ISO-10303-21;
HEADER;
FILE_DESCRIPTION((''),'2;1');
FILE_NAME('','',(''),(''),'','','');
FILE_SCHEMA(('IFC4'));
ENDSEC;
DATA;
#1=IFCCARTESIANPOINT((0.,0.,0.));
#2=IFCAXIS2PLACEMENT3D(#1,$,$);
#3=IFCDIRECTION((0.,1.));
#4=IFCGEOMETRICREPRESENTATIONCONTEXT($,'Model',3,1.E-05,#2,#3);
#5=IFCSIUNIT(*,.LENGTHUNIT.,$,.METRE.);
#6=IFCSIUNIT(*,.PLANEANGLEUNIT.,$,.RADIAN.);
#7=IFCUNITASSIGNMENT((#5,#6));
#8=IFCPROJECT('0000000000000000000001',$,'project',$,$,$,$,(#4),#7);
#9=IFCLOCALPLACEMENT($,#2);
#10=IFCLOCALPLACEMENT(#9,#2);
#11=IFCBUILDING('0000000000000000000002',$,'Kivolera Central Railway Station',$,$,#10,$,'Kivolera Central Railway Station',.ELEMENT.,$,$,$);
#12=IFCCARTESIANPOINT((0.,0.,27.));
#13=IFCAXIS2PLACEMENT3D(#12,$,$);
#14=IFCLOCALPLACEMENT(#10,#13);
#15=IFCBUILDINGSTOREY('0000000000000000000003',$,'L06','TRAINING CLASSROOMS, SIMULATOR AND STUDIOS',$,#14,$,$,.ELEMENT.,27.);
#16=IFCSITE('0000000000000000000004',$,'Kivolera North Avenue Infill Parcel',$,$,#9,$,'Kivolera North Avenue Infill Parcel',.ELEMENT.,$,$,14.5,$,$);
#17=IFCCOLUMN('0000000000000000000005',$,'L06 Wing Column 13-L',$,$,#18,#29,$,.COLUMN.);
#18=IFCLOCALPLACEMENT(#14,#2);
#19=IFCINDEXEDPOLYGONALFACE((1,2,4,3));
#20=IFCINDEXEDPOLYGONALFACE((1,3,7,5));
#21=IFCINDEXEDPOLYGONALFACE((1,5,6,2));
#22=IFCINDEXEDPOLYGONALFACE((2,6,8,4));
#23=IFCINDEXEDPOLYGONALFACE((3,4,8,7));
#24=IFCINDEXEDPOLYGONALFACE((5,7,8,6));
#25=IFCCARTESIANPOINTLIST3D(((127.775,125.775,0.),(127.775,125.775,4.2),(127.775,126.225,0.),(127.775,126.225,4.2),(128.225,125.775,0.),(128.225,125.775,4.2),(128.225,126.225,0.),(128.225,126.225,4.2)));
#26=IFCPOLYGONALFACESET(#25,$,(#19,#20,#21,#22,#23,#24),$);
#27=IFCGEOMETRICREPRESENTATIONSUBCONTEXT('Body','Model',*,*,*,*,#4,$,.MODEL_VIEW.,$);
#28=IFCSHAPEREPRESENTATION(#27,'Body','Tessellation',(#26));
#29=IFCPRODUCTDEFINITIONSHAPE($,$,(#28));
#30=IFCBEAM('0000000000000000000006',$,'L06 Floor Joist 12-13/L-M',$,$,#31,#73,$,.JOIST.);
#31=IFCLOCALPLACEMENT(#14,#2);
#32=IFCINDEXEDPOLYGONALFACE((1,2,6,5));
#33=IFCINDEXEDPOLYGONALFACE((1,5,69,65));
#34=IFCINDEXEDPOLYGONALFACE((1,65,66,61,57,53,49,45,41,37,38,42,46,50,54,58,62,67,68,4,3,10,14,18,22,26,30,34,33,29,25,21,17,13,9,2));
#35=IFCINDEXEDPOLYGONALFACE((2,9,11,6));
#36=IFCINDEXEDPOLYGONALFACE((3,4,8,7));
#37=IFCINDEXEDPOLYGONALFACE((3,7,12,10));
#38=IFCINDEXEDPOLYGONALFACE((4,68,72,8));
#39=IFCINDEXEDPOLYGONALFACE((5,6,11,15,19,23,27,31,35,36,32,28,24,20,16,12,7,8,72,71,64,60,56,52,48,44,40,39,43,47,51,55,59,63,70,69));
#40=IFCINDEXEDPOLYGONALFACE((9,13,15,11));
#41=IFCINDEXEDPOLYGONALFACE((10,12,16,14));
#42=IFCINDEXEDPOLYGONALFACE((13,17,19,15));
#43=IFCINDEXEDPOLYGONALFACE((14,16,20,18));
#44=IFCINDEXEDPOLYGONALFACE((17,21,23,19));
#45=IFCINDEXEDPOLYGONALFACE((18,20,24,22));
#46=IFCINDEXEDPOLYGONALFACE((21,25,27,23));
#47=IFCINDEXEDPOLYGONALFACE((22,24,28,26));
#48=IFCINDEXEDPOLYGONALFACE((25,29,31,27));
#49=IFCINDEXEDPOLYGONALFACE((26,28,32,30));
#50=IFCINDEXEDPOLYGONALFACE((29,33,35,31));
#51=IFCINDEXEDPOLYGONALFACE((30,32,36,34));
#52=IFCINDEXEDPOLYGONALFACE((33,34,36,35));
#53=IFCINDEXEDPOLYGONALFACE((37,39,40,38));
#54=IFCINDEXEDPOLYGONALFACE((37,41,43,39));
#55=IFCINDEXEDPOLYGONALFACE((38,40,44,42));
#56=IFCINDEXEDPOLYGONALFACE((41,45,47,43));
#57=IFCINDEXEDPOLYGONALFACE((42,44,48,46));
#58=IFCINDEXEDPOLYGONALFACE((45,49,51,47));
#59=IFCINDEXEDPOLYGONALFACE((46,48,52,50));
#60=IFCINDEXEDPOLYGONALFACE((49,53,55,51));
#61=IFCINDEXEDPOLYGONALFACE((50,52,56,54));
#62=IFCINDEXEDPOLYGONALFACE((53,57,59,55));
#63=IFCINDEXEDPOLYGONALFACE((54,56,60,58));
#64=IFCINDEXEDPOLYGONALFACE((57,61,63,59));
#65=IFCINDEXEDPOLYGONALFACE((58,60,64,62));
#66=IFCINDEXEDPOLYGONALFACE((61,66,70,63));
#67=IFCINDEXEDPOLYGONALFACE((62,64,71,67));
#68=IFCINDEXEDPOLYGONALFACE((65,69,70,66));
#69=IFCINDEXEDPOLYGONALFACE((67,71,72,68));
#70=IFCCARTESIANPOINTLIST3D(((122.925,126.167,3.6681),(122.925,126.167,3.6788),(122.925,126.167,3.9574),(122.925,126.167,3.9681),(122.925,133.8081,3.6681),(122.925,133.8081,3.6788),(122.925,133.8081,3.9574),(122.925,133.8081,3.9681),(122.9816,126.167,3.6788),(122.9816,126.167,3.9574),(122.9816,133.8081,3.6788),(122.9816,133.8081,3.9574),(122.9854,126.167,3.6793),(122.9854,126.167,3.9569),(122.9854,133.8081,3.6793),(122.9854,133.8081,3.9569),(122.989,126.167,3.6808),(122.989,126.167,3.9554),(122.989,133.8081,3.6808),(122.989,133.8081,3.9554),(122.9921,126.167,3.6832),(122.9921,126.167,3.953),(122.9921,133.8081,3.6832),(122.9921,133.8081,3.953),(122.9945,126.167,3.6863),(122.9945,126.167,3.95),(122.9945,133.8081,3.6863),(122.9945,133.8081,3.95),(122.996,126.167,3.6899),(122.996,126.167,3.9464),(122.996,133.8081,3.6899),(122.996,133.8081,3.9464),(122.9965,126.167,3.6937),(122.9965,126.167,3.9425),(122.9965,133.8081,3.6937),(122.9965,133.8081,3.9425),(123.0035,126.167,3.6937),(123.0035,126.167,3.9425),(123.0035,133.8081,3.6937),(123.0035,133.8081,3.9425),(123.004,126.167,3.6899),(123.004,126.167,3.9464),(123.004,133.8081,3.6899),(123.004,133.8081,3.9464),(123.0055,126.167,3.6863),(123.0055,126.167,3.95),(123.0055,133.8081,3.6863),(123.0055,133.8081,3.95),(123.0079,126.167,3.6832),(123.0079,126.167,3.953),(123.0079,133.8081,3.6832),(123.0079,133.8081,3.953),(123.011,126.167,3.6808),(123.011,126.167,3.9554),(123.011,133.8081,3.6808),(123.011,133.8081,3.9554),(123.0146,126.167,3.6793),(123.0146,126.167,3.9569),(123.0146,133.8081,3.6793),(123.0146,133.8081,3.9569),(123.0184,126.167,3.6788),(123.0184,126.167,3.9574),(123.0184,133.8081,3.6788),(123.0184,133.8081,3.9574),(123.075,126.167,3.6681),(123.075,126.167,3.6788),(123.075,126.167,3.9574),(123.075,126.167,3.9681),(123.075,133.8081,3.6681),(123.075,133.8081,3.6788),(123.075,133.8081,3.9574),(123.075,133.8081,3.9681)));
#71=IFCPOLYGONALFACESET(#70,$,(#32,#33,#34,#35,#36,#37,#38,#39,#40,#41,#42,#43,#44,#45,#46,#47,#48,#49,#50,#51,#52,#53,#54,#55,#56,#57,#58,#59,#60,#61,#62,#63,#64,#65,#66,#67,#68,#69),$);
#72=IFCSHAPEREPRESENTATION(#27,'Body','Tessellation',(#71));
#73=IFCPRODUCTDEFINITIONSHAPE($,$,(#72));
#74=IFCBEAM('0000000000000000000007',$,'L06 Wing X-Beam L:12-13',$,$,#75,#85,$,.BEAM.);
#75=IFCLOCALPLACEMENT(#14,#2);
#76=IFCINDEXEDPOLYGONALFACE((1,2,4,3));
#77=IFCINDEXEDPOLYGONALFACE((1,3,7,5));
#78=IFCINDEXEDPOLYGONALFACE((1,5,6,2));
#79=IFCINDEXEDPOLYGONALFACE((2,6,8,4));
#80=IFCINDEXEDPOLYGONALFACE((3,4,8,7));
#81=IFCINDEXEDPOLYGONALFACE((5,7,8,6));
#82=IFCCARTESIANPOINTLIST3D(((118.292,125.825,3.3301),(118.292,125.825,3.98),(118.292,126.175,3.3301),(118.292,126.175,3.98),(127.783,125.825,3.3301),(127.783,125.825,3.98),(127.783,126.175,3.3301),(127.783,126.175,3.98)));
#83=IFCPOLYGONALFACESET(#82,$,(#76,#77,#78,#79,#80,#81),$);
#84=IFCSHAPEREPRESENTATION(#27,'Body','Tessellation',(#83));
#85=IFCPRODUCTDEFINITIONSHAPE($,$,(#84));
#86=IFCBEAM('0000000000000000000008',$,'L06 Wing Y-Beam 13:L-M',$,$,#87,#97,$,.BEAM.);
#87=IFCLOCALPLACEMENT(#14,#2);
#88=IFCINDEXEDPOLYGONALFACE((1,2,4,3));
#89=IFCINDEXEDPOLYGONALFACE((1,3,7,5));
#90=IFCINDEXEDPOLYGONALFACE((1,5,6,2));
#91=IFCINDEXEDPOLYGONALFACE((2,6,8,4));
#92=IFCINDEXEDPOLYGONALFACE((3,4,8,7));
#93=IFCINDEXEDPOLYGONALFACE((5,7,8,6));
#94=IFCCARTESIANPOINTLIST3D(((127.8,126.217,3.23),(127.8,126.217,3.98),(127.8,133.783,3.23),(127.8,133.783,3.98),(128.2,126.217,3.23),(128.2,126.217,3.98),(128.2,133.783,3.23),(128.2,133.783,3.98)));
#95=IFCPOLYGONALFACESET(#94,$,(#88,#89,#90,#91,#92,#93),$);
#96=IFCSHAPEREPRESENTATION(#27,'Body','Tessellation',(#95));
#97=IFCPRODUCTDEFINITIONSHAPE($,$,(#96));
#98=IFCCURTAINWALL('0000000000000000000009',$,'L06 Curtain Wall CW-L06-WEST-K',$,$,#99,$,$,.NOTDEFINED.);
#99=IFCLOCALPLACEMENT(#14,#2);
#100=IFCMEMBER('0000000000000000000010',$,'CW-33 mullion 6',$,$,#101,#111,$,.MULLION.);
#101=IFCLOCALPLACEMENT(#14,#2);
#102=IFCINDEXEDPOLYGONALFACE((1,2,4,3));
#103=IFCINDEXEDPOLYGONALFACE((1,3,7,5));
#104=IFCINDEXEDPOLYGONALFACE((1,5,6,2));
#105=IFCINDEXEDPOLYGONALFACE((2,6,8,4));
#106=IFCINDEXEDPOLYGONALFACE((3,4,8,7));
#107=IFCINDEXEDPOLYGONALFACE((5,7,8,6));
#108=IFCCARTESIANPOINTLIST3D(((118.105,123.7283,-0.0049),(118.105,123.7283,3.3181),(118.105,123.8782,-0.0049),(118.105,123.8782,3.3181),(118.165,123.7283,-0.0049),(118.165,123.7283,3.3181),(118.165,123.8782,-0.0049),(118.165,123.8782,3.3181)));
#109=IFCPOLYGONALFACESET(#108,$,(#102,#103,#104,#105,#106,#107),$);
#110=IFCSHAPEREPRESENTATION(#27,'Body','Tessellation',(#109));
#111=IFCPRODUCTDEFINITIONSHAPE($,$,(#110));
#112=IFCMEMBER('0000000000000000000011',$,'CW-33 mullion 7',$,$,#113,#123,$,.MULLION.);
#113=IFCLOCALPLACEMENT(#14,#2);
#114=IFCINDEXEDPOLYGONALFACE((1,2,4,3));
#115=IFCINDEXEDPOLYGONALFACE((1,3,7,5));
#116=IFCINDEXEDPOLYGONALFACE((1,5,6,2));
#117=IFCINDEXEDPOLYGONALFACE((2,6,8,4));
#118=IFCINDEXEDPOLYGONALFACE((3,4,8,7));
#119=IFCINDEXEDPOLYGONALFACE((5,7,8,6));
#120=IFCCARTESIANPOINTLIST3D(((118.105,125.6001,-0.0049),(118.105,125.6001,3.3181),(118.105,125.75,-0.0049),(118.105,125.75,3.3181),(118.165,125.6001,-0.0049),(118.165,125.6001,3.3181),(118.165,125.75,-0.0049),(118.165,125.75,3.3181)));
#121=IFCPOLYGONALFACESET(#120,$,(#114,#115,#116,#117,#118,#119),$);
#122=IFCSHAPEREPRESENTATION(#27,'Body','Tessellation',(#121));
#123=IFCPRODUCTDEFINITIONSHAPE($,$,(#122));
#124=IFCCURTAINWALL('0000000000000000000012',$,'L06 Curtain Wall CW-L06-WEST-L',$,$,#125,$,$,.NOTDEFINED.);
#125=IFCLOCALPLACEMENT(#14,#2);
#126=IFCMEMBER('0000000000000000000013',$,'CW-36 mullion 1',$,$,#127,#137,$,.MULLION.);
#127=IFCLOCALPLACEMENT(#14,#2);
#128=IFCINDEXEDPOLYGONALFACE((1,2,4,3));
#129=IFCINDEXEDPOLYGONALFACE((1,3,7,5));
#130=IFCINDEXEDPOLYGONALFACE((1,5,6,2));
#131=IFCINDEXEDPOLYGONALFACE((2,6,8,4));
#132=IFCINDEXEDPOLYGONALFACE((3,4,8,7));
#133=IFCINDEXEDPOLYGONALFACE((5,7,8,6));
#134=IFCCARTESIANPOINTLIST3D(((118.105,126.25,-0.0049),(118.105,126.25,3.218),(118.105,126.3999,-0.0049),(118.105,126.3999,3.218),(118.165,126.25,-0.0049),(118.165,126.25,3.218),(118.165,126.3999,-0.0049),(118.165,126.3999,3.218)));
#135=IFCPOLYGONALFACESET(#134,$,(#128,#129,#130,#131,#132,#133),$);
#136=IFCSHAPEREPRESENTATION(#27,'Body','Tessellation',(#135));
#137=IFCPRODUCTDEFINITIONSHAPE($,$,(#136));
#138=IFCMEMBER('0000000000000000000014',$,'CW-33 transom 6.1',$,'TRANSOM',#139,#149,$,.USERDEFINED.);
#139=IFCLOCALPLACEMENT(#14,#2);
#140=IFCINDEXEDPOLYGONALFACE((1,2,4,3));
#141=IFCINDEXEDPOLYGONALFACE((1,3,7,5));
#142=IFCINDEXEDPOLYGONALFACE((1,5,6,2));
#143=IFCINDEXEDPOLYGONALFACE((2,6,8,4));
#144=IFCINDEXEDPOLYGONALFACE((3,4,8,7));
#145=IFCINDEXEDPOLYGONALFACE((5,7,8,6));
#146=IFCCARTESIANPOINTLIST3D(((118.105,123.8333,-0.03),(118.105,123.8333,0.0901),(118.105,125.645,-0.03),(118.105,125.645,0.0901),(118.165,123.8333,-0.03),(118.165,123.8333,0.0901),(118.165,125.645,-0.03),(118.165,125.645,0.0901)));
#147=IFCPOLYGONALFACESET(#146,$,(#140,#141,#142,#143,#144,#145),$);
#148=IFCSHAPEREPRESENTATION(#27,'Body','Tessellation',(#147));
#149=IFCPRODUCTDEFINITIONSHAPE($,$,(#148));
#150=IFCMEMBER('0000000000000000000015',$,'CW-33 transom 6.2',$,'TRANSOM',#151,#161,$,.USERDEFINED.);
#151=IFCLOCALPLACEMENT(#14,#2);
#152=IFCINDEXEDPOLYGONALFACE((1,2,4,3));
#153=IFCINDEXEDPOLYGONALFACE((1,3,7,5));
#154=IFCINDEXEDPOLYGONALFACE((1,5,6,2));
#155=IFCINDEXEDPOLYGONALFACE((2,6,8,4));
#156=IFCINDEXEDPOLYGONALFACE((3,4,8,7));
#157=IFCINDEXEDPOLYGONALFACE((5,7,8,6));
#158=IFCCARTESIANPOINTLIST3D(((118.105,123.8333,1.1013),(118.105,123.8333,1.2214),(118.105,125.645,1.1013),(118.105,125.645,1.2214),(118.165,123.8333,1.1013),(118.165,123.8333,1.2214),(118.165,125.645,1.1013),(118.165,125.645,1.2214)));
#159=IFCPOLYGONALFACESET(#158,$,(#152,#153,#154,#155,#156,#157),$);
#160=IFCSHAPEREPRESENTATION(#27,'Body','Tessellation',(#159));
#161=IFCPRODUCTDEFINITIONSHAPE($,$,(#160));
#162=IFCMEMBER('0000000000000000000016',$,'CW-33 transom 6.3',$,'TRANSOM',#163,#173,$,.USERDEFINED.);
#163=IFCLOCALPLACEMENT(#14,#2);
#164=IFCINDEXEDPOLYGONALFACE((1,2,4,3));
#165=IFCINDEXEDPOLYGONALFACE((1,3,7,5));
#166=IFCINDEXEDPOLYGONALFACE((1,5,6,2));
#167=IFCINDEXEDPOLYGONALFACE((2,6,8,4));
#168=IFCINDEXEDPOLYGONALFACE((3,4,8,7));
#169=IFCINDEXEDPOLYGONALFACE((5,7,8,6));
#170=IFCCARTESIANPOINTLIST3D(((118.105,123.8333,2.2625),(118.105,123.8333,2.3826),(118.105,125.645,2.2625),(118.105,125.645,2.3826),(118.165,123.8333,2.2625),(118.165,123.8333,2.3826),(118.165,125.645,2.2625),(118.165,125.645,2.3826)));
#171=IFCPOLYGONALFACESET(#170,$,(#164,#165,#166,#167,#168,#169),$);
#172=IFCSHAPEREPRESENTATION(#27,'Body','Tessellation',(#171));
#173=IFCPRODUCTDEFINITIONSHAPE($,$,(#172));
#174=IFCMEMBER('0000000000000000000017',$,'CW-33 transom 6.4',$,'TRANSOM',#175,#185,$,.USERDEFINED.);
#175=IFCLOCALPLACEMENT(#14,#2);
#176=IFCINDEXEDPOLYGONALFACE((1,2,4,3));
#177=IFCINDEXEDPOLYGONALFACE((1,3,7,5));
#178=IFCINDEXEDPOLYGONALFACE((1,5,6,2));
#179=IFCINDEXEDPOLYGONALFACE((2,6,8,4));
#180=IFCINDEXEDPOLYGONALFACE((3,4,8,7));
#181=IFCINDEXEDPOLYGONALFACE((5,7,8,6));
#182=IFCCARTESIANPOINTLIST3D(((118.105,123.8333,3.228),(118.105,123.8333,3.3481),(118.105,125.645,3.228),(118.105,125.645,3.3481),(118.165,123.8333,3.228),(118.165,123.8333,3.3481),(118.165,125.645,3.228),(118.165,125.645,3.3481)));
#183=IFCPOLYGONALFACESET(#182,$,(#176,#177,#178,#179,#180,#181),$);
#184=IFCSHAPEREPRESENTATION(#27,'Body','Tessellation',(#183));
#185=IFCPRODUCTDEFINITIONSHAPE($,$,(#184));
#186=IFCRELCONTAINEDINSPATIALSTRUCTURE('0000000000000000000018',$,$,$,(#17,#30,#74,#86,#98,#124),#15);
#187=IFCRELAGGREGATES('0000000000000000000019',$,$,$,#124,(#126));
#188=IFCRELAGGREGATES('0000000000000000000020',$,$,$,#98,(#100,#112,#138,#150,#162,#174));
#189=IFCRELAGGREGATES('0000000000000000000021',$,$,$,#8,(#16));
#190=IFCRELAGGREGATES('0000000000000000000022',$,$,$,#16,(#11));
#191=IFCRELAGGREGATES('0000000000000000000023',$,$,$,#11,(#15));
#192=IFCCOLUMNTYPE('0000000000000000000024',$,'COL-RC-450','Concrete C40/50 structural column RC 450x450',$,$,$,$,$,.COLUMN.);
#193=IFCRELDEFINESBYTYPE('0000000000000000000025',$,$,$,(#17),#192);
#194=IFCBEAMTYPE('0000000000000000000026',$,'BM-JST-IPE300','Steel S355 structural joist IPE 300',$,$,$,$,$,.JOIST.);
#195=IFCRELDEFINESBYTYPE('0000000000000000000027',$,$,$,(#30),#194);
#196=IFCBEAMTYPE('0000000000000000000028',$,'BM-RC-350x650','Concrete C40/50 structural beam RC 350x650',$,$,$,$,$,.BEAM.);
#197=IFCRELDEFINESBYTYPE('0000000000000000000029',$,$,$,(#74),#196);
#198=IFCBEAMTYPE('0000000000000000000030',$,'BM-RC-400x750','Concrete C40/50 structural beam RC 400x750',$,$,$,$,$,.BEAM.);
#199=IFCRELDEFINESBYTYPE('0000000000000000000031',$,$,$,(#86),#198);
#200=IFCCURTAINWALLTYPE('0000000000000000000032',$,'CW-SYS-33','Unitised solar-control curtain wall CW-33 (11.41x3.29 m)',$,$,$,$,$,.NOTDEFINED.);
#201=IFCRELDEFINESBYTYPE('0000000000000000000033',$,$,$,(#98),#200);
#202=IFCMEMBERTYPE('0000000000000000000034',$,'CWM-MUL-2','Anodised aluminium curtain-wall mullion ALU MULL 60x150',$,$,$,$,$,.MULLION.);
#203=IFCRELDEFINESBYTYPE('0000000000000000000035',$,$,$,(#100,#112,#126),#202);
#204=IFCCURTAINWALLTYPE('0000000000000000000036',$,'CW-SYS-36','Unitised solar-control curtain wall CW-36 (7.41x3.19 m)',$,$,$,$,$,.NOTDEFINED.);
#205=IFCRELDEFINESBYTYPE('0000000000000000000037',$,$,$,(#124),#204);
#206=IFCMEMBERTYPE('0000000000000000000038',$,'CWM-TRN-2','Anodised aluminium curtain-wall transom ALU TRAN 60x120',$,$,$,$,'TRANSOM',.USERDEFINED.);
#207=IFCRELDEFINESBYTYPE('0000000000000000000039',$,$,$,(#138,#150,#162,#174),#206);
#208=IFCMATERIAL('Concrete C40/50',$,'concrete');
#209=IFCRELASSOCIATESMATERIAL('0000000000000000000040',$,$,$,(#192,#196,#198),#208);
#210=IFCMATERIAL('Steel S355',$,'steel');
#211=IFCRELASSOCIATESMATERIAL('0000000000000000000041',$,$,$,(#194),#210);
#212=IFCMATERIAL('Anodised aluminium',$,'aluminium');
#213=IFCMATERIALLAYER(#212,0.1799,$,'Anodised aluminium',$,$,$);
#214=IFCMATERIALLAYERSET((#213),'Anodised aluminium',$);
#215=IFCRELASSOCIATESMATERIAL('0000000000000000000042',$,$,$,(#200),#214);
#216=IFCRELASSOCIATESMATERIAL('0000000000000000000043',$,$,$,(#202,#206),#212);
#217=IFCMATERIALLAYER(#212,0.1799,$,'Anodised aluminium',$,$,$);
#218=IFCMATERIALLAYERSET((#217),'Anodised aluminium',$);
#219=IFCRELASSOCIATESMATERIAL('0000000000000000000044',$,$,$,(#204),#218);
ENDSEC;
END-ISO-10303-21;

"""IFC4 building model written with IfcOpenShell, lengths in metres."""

from ifc_helpers import new_model, si_unit, direction, frame, origin, origin_2d, place, context, subcontext, project, spatial, rectangle, i_section, extrude, material, layer, layer_set, material_profile, profile_set, type_object, element, aggregate, save


model = new_model("IFC4")

# Units and contexts
model_context = context("Model", 3, precision=1e-05, world=origin(), true_north=direction((0.0, 1.0)))
body_context = subcontext(model_context, "Body", "Model", "MODEL_VIEW")
ifc_project = project(units=[si_unit("LENGTHUNIT", "METRE"), si_unit("PLANEANGLEUNIT", "RADIAN")], contexts=[model_context])

# Site, building, storey
site_placement = place(None, origin())
site = spatial("IfcSite", under=ifc_project, at=site_placement, Name="Kivolera North Avenue Infill Parcel", LongName="Kivolera North Avenue Infill Parcel", CompositionType="ELEMENT", RefElevation=14.5)
building_placement = place(site_placement, origin())
building = spatial("IfcBuilding", under=site, at=building_placement, Name="Kivolera Central Railway Station", LongName="Kivolera Central Railway Station", CompositionType="ELEMENT")
storey_placement = place(building_placement, frame((0.0, 0.0, 27.0)))
storey = spatial("IfcBuildingStorey", under=building, at=storey_placement, Name="L06", Description="TRAINING CLASSROOMS, SIMULATOR AND STUDIOS", CompositionType="ELEMENT", Elevation=27.0)

# Column
ifc_material_1 = material(Name="Concrete C40/50", Category="concrete")
ifc_material_profile_1 = material_profile(ifc_material_1, rectangle(XDim=0.45, YDim=0.45, at=origin_2d()), Name="RC 450x450")
ifc_profile_set_1 = profile_set([ifc_material_profile_1], Name="Concrete C40/50")
column_type = type_object("IfcColumnType", Name="COL-RC-450", Description="Concrete C40/50 structural column RC 450x450", PredefinedType="COLUMN", material=ifc_profile_set_1)
column_placement = place(storey_placement, frame((128.0, 126.0, 0.0), z_axis=(0.0, 0.0, 1.0), x_axis=(1.0, 0.0, 0.0)))
element("IfcColumn", 1, at=column_placement, inside=storey, type_object=column_type, Name="L06 Wing Column 13-L", PredefinedType="COLUMN", context=body_context, shape_type="SweptSolid", body=[
    extrude(rectangle(XDim=0.45, YDim=0.45, at=origin_2d()), origin(), (0.0, 0.0, 1.0), 4.2),
])

# Beams
ifc_material_2 = material(Name="Steel S355", Category="steel")
ifc_material_profile_2 = material_profile(ifc_material_2, i_section(OverallWidth=0.1499, OverallDepth=0.3, WebThickness=0.0071, FlangeThickness=0.0107, FilletRadius=0.0149, at=origin_2d()), Name="IPE 300")
ifc_profile_set_2 = profile_set([ifc_material_profile_2], Name="Steel S355")
beam_type_1 = type_object("IfcBeamType", Name="BM-JST-IPE300", Description="Steel S355 structural joist IPE 300", PredefinedType="JOIST", material=ifc_profile_set_2)
beam_1_placement = place(storey_placement, frame((123.0, 126.167, 3.8181), z_axis=(0.0, 1.0, 0.0), x_axis=(-1.0, 0.0, 0.0)))
element("IfcBeam", 2, at=beam_1_placement, inside=storey, type_object=beam_type_1, Name="L06 Floor Joist 12-13/L-M", PredefinedType="JOIST", context=body_context, shape_type="SweptSolid", body=[
    extrude(i_section(OverallWidth=0.1499, OverallDepth=0.3, WebThickness=0.0071, FlangeThickness=0.0107, FilletRadius=0.0149, at=origin_2d()), origin(), (0.0, 0.0, 1.0), 7.6411),
])
ifc_material_profile_3 = material_profile(ifc_material_1, rectangle(XDim=0.3501, YDim=0.6499, at=origin_2d()), Name="RC 350x650")
ifc_profile_set_3 = profile_set([ifc_material_profile_3], Name="Concrete C40/50")
beam_type_2 = type_object("IfcBeamType", Name="BM-RC-350x650", Description="Concrete C40/50 structural beam RC 350x650", PredefinedType="BEAM", material=ifc_profile_set_3)
beam_2_placement = place(storey_placement, frame((118.292, 126.0, 3.655), z_axis=(1.0, 0.0, 0.0), x_axis=(0.0, 1.0, 0.0)))
element("IfcBeam", 3, at=beam_2_placement, inside=storey, type_object=beam_type_2, Name="L06 Wing X-Beam L:12-13", PredefinedType="BEAM", context=body_context, shape_type="SweptSolid", body=[
    extrude(rectangle(XDim=0.3501, YDim=0.6499, at=origin_2d()), origin(), (0.0, 0.0, 1.0), 9.491),
])
ifc_material_profile_4 = material_profile(ifc_material_1, rectangle(XDim=0.3999, YDim=0.75, at=origin_2d()), Name="RC 400x750")
ifc_profile_set_4 = profile_set([ifc_material_profile_4], Name="Concrete C40/50")
beam_type_3 = type_object("IfcBeamType", Name="BM-RC-400x750", Description="Concrete C40/50 structural beam RC 400x750", PredefinedType="BEAM", material=ifc_profile_set_4)
beam_3_placement = place(storey_placement, frame((128.0, 126.217, 3.605), z_axis=(0.0, 1.0, 0.0), x_axis=(-1.0, 0.0, 0.0)))
element("IfcBeam", 4, at=beam_3_placement, inside=storey, type_object=beam_type_3, Name="L06 Wing Y-Beam 13:L-M", PredefinedType="BEAM", context=body_context, shape_type="SweptSolid", body=[
    extrude(rectangle(XDim=0.3999, YDim=0.75, at=origin_2d()), origin(), (0.0, 0.0, 1.0), 7.5659),
])

# Curtain wall, members
ifc_material_3 = material(Name="Anodised aluminium", Category="aluminium")
ifc_layer_1 = layer(ifc_material_3, 0.1799, Name="Anodised aluminium")
ifc_layer_set_1 = layer_set([ifc_layer_1], Name="Anodised aluminium")
curtain_wall_type_1 = type_object("IfcCurtainWallType", Name="CW-SYS-33", Description="Unitised solar-control curtain wall CW-33 (11.41x3.29 m)", PredefinedType="NOTDEFINED", material=ifc_layer_set_1)
curtain_wall_1_placement = place(storey_placement, origin())
curtain_wall_1 = element("IfcCurtainWall", 5, at=curtain_wall_1_placement, inside=storey, type_object=curtain_wall_type_1, Name="L06 Curtain Wall CW-L06-WEST-K", PredefinedType="NOTDEFINED")
ifc_material_profile_5 = material_profile(ifc_material_3, rectangle(XDim=0.0601, YDim=0.1499, at=origin_2d()), Name="ALU MULL 60x150")
ifc_profile_set_5 = profile_set([ifc_material_profile_5], Name="Anodised aluminium")
member_type_1 = type_object("IfcMemberType", Name="CWM-MUL-2", Description="Anodised aluminium curtain-wall mullion ALU MULL 60x150", PredefinedType="MULLION", material=ifc_profile_set_5)
member_1_placement = place(storey_placement, frame((118.135, 123.8032, -0.0049), z_axis=(0.0, 0.0, 1.0), x_axis=(-1.0, 0.0, 0.0)))
member_1 = element("IfcMember", 6, at=member_1_placement, type_object=member_type_1, Name="CW-33 mullion 6", PredefinedType="MULLION", context=body_context, shape_type="SweptSolid", body=[
    extrude(rectangle(XDim=0.0601, YDim=0.1499, at=origin_2d()), origin(), (0.0, 0.0, 1.0), 3.323),
])
member_2_placement = place(storey_placement, frame((118.135, 125.675, -0.0049), z_axis=(0.0, 0.0, 1.0), x_axis=(-1.0, 0.0, 0.0)))
member_2 = element("IfcMember", 7, at=member_2_placement, type_object=member_type_1, Name="CW-33 mullion 7", PredefinedType="MULLION", context=body_context, shape_type="SweptSolid", body=[
    extrude(rectangle(XDim=0.0601, YDim=0.1499, at=origin_2d()), origin(), (0.0, 0.0, 1.0), 3.323),
])

# Curtain wall, member
ifc_layer_2 = layer(ifc_material_3, 0.1799, Name="Anodised aluminium")
ifc_layer_set_2 = layer_set([ifc_layer_2], Name="Anodised aluminium")
curtain_wall_type_2 = type_object("IfcCurtainWallType", Name="CW-SYS-36", Description="Unitised solar-control curtain wall CW-36 (7.41x3.19 m)", PredefinedType="NOTDEFINED", material=ifc_layer_set_2)
curtain_wall_2_placement = place(storey_placement, origin())
curtain_wall_2 = element("IfcCurtainWall", 8, at=curtain_wall_2_placement, inside=storey, type_object=curtain_wall_type_2, Name="L06 Curtain Wall CW-L06-WEST-L", PredefinedType="NOTDEFINED")
member_3_placement = place(storey_placement, frame((118.135, 126.325, -0.0049), z_axis=(0.0, 0.0, 1.0), x_axis=(-1.0, 0.0, 0.0)))
member_3 = element("IfcMember", 9, at=member_3_placement, type_object=member_type_1, Name="CW-36 mullion 1", PredefinedType="MULLION", context=body_context, shape_type="SweptSolid", body=[
    extrude(rectangle(XDim=0.0601, YDim=0.1499, at=origin_2d()), origin(), (0.0, 0.0, 1.0), 3.2229),
])

# Members
ifc_material_profile_6 = material_profile(ifc_material_3, rectangle(XDim=0.0601, YDim=0.1201, at=origin_2d()), Name="ALU TRAN 60x120")
ifc_profile_set_6 = profile_set([ifc_material_profile_6], Name="Anodised aluminium")
member_type_2 = type_object("IfcMemberType", Name="CWM-TRN-2", Description="Anodised aluminium curtain-wall transom ALU TRAN 60x120", ElementType="TRANSOM", PredefinedType="USERDEFINED", material=ifc_profile_set_6)
member_4_placement = place(storey_placement, frame((118.135, 123.8333, 0.03), z_axis=(0.0, 1.0, 0.0), x_axis=(-1.0, 0.0, 0.0)))
member_4 = element("IfcMember", 10, at=member_4_placement, type_object=member_type_2, Name="CW-33 transom 6.1", ObjectType="TRANSOM", PredefinedType="USERDEFINED", context=body_context, shape_type="SweptSolid", body=[
    extrude(rectangle(XDim=0.0601, YDim=0.1201, at=origin_2d()), origin(), (0.0, 0.0, 1.0), 1.8118),
])
member_5_placement = place(storey_placement, frame((118.135, 123.8333, 1.1614), z_axis=(0.0, 1.0, 0.0), x_axis=(-1.0, 0.0, 0.0)))
member_5 = element("IfcMember", 11, at=member_5_placement, type_object=member_type_2, Name="CW-33 transom 6.2", ObjectType="TRANSOM", PredefinedType="USERDEFINED", context=body_context, shape_type="SweptSolid", body=[
    extrude(rectangle(XDim=0.0601, YDim=0.1201, at=origin_2d()), origin(), (0.0, 0.0, 1.0), 1.8118),
])
member_6_placement = place(storey_placement, frame((118.135, 123.8333, 2.3225), z_axis=(0.0, 1.0, 0.0), x_axis=(-1.0, 0.0, 0.0)))
member_6 = element("IfcMember", 12, at=member_6_placement, type_object=member_type_2, Name="CW-33 transom 6.3", ObjectType="TRANSOM", PredefinedType="USERDEFINED", context=body_context, shape_type="SweptSolid", body=[
    extrude(rectangle(XDim=0.0601, YDim=0.1201, at=origin_2d()), origin(), (0.0, 0.0, 1.0), 1.8118),
])
member_7_placement = place(storey_placement, frame((118.135, 123.8333, 3.2881), z_axis=(0.0, 1.0, 0.0), x_axis=(-1.0, 0.0, 0.0)))
member_7 = element("IfcMember", 13, at=member_7_placement, type_object=member_type_2, Name="CW-33 transom 6.4", ObjectType="TRANSOM", PredefinedType="USERDEFINED", context=body_context, shape_type="SweptSolid", body=[
    extrude(rectangle(XDim=0.0601, YDim=0.1201, at=origin_2d()), origin(), (0.0, 0.0, 1.0), 1.8118),
])
aggregate(curtain_wall_2, [member_3])

aggregate(curtain_wall_1, [member_1, member_2, member_4, member_5, member_6, member_7])

save(model, "model.ifc")
